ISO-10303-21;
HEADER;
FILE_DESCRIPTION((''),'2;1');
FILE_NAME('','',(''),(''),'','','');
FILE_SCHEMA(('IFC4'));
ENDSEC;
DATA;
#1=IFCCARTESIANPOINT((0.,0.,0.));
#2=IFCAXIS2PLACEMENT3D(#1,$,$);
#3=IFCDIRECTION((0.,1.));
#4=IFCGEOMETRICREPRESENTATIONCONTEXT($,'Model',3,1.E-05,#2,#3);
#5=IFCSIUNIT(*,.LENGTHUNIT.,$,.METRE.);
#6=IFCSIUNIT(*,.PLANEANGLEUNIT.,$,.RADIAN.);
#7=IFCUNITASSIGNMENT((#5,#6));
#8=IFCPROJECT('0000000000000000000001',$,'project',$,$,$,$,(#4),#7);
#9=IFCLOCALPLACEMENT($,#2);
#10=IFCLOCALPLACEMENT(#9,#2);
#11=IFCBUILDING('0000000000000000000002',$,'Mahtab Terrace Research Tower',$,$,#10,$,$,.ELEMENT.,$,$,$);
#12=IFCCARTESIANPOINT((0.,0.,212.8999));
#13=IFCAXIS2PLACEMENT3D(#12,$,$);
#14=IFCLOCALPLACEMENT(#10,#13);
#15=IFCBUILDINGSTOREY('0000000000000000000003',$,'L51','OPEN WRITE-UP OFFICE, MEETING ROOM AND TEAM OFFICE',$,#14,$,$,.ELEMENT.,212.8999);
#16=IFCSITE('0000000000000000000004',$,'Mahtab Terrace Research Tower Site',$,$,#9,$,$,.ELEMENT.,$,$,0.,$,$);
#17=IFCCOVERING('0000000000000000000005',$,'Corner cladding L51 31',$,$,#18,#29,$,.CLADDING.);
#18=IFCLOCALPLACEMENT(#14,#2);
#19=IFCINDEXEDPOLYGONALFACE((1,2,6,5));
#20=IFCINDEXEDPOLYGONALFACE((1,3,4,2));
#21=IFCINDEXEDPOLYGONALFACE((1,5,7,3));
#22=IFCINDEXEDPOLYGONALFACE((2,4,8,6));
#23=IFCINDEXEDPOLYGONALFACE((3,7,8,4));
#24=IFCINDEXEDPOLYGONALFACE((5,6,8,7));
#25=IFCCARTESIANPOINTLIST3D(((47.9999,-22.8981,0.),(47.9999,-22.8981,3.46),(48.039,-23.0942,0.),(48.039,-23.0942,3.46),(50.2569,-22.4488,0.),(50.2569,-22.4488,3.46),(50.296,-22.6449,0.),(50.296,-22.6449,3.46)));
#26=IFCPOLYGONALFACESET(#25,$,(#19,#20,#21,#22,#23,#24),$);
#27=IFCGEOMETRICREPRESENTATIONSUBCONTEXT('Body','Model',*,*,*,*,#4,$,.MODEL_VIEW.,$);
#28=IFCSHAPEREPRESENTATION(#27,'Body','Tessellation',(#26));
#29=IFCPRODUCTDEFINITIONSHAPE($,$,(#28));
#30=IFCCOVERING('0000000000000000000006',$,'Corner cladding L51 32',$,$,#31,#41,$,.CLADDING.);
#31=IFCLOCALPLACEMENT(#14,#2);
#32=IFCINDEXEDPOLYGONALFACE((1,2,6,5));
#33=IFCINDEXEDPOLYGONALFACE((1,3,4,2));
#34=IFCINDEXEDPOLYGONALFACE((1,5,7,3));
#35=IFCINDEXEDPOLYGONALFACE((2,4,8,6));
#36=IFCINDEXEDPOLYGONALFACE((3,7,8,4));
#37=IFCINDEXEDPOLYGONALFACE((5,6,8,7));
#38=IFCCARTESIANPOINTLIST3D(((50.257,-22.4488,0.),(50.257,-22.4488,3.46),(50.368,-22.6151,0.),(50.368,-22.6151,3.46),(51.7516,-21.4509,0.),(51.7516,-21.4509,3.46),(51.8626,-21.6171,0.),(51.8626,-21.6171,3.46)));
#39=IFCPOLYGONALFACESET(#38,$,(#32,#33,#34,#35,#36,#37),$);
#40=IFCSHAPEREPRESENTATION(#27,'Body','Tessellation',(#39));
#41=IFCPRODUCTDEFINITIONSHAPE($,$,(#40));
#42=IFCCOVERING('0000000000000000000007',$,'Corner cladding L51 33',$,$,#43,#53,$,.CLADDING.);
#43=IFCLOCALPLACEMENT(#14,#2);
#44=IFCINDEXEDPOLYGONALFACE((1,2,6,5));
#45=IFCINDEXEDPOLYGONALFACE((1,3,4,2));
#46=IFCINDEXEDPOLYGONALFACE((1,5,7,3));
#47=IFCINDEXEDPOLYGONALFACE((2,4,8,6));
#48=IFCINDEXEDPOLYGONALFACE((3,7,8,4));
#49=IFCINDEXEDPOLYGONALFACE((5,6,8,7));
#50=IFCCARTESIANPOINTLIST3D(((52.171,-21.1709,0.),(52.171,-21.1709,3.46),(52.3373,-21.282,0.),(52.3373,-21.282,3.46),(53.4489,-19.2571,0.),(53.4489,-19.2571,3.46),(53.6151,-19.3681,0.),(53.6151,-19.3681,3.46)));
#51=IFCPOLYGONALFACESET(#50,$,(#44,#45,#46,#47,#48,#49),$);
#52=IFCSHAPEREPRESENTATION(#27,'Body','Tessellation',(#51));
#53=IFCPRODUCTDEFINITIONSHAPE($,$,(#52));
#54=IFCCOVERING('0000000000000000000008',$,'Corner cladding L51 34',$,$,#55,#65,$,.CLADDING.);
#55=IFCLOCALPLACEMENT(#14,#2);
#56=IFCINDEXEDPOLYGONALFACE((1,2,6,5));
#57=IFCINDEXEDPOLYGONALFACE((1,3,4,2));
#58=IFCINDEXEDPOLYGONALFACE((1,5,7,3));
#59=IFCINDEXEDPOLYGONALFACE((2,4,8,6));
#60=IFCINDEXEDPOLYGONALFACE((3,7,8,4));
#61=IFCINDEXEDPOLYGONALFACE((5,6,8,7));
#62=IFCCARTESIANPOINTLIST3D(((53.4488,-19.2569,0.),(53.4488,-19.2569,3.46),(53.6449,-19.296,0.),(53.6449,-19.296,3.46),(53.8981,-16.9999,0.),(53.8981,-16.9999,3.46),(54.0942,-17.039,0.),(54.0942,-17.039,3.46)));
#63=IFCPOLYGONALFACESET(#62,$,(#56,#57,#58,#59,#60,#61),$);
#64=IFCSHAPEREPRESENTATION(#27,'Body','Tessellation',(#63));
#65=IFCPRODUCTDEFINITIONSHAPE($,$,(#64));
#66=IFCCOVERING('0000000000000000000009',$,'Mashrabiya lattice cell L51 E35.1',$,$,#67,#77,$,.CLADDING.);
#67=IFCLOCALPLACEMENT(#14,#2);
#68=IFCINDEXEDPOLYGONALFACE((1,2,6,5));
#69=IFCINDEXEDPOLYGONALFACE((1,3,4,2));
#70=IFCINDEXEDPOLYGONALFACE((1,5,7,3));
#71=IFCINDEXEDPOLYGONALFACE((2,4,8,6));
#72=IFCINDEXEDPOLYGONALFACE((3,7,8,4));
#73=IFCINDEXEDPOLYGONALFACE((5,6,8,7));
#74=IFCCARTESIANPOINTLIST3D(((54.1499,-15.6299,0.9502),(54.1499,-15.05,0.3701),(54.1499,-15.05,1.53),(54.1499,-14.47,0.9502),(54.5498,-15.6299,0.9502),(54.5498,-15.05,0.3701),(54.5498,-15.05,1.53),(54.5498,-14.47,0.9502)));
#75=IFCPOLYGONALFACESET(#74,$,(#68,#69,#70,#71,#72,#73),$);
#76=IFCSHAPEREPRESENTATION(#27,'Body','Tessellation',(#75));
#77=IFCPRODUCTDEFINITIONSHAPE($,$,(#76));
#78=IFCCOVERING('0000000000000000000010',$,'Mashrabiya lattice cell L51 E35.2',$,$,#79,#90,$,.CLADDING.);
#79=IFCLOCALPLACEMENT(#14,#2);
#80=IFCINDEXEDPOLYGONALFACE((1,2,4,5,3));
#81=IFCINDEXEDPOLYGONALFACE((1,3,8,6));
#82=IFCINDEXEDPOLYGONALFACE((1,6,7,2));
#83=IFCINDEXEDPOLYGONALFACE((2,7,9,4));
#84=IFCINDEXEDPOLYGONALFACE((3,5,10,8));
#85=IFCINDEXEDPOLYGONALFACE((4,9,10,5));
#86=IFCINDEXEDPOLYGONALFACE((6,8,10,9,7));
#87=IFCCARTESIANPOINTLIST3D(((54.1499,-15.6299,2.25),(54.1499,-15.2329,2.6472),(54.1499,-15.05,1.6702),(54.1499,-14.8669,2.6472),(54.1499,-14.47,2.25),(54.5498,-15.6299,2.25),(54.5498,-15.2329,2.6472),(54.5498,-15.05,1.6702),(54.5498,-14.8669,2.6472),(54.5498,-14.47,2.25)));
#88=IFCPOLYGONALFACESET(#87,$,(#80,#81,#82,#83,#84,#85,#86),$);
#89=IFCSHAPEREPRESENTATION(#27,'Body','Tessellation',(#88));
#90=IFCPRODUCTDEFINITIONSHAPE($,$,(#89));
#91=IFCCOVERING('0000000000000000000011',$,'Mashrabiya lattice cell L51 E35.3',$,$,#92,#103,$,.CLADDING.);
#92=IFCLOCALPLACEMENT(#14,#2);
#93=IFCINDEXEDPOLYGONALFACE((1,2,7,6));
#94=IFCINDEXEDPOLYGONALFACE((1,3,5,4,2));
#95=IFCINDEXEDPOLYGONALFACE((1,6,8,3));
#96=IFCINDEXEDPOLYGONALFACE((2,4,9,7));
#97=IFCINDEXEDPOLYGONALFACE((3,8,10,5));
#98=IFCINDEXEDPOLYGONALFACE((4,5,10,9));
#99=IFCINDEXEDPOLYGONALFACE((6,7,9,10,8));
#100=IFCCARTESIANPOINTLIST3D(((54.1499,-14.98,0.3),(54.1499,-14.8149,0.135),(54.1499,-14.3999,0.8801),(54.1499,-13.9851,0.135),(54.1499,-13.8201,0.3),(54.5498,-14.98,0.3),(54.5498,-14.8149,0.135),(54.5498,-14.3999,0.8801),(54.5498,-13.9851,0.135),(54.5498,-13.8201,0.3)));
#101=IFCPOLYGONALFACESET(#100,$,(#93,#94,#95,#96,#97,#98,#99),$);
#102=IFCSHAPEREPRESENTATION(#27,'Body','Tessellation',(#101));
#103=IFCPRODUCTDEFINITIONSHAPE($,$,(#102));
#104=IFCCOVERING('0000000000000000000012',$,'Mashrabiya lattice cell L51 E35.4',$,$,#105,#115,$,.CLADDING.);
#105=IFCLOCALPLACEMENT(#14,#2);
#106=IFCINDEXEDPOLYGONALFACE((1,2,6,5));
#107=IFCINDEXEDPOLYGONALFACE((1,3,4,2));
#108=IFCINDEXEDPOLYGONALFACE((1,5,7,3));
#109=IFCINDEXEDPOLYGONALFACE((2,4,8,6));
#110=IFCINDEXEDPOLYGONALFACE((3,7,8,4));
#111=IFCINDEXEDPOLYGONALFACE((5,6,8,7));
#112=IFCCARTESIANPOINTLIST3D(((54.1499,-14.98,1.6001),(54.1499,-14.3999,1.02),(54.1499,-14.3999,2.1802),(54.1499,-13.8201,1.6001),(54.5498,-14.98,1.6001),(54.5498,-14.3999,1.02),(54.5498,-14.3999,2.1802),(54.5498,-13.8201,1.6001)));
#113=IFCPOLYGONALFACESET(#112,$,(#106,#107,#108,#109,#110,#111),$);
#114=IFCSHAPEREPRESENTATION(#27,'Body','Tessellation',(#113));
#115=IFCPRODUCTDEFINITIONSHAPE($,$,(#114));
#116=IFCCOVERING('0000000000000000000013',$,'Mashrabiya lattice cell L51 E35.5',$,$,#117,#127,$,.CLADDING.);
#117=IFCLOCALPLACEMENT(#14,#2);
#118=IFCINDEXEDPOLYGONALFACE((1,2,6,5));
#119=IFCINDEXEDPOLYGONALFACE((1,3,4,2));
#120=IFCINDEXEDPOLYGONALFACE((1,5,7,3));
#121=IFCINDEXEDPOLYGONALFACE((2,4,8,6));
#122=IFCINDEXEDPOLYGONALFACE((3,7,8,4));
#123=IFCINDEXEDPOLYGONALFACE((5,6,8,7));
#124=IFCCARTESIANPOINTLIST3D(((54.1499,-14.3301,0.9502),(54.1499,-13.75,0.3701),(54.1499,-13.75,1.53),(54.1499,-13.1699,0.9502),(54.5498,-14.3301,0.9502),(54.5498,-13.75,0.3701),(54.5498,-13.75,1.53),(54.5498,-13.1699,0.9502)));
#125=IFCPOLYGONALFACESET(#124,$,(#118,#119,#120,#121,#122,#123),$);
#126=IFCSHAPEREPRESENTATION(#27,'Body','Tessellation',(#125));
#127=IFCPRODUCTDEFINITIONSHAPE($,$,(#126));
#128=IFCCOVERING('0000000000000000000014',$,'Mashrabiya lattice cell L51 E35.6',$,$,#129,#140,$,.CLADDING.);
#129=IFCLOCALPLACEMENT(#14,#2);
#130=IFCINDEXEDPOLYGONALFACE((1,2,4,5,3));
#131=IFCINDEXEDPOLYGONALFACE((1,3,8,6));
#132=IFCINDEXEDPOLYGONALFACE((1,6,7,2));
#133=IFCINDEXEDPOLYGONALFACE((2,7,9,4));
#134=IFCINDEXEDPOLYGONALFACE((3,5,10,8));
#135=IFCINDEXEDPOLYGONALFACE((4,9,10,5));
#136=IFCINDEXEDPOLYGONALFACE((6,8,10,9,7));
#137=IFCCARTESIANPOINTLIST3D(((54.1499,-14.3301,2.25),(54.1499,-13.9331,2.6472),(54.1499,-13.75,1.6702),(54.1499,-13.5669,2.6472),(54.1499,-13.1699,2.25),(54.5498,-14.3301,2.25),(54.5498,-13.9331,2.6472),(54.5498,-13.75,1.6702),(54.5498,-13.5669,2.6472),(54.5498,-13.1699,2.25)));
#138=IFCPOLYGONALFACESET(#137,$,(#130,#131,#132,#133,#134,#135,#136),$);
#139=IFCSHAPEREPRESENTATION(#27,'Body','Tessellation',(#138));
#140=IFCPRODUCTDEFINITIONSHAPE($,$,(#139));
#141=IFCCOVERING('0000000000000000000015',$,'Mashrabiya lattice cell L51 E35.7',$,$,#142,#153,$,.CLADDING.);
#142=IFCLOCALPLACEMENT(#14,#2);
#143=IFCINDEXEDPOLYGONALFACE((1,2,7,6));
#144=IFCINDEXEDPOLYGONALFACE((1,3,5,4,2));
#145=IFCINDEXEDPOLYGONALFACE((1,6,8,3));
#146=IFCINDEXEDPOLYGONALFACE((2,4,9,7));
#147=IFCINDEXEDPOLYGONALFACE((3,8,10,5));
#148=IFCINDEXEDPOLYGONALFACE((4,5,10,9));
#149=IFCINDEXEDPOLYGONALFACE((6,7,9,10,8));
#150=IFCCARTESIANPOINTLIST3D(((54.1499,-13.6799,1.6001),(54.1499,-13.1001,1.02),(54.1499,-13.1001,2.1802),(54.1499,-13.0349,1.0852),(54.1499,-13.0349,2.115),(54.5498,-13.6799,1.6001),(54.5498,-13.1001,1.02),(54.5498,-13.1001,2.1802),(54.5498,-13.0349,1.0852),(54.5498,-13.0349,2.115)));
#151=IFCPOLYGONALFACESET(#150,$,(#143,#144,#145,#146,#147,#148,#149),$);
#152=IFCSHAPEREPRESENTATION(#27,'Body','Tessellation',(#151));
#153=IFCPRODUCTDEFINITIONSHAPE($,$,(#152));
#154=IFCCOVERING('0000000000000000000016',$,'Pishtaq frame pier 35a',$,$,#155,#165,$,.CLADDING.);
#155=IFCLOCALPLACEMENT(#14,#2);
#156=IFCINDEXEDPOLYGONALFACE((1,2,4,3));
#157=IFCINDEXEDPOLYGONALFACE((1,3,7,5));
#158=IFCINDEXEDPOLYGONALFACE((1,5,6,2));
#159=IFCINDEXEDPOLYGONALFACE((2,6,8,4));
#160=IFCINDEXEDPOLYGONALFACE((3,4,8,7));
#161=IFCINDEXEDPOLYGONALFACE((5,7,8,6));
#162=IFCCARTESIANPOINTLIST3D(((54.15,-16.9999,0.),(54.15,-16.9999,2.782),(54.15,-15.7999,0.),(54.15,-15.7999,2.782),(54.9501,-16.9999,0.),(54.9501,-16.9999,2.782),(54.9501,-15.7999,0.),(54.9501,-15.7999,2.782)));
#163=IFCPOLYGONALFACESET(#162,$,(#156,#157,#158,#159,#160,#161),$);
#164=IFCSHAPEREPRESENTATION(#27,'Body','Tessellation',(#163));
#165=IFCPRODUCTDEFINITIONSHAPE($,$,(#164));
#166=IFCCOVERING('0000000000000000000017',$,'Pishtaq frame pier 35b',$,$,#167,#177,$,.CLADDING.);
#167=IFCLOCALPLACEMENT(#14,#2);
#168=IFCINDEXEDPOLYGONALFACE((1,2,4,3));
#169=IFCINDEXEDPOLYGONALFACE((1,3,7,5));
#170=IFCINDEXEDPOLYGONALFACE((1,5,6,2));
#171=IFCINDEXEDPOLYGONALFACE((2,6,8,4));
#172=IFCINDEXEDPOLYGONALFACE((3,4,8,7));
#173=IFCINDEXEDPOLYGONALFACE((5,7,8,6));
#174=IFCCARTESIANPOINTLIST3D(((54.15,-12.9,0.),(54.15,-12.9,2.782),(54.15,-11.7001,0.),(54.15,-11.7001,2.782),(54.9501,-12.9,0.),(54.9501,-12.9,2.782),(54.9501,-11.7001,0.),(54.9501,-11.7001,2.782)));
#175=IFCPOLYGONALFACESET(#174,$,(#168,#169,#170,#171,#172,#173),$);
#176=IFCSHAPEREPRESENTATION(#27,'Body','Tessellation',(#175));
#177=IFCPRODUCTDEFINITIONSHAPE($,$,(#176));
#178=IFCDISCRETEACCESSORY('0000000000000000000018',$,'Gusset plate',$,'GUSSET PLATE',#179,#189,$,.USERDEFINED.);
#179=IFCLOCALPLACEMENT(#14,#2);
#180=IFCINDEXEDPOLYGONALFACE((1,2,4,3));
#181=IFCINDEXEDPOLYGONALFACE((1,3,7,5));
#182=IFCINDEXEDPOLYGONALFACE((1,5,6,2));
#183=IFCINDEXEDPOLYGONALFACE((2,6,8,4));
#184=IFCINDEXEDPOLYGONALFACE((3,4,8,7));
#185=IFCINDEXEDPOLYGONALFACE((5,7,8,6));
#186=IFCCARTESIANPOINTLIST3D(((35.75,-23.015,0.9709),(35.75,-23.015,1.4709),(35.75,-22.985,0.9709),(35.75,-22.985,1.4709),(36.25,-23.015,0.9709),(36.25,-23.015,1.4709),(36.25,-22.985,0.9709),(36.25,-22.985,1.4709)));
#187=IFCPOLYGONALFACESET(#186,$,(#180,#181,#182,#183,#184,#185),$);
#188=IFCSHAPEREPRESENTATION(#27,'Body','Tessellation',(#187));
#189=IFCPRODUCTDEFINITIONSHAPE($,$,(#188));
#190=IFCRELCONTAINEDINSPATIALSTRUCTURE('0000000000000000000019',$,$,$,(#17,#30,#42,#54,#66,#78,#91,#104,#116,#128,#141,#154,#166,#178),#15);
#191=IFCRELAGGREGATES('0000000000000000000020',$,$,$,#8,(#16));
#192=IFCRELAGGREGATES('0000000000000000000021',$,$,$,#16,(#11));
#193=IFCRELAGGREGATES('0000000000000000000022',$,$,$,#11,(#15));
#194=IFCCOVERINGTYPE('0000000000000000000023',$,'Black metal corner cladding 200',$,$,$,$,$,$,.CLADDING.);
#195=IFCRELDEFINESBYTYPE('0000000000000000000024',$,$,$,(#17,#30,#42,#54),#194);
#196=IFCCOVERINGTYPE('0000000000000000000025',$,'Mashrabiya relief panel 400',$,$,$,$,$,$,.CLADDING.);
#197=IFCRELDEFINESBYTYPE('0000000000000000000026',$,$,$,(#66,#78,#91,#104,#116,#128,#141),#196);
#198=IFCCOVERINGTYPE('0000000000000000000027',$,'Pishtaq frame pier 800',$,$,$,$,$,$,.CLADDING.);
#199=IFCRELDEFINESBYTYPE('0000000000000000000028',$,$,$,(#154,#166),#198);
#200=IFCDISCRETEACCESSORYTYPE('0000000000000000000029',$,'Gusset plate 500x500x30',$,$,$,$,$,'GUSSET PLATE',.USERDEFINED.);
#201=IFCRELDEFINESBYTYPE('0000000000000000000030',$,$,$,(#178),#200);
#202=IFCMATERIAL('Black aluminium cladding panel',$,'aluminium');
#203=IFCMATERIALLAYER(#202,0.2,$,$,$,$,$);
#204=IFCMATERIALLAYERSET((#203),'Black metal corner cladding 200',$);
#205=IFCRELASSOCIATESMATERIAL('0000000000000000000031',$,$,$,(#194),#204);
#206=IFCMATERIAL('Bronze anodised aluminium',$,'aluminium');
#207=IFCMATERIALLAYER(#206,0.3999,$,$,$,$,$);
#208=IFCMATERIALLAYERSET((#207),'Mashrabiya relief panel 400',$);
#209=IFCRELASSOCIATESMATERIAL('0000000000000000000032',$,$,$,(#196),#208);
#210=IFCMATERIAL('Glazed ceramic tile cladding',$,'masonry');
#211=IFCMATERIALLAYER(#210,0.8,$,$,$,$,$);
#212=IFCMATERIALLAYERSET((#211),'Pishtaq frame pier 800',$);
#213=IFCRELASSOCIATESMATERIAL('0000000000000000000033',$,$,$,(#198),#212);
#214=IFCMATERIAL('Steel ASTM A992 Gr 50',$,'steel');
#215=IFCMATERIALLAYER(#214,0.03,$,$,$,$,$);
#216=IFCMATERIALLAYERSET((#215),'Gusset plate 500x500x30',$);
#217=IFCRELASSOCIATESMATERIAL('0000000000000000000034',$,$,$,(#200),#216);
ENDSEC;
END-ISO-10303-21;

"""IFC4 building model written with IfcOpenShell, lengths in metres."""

from ifc_helpers import new_model, si_unit, direction, frame, origin, origin_2d, place, context, subcontext, project, spatial, polyline, rectangle, outline, extrude, material, layer, layer_set, type_object, element, save


model = new_model("IFC4")

# Units and contexts
model_context = context("Model", 3, precision=1e-05, world=origin(), true_north=direction((0.0, 1.0)))
body_context = subcontext(model_context, "Body", "Model", "MODEL_VIEW")
ifc_project = project(units=[si_unit("LENGTHUNIT", "METRE"), si_unit("PLANEANGLEUNIT", "RADIAN")], contexts=[model_context])

# Site, building, storey
site_placement = place(None, origin())
site = spatial("IfcSite", under=ifc_project, at=site_placement, Name="Mahtab Terrace Research Tower Site", CompositionType="ELEMENT", RefElevation=0.0)
building_placement = place(site_placement, origin())
building = spatial("IfcBuilding", under=site, at=building_placement, Name="Mahtab Terrace Research Tower", CompositionType="ELEMENT")
storey_placement = place(building_placement, frame((0.0, 0.0, 212.8999)))
storey = spatial("IfcBuildingStorey", under=building, at=storey_placement, Name="L51", Description="OPEN WRITE-UP OFFICE, MEETING ROOM AND TEAM OFFICE", CompositionType="ELEMENT", Elevation=212.8999)

# Shared definitions
ifc_material_1 = material(Name="Steel ASTM A992 Gr 50", Category="steel")

# Shared definitions
ifc_material_2 = material(Name="Black aluminium cladding panel", Category="aluminium")

# Coverings
ifc_layer_1 = layer(ifc_material_2, 0.2)
ifc_layer_set_1 = layer_set([ifc_layer_1], Name="Black metal corner cladding 200")
covering_type_1 = type_object("IfcCoveringType", Name="Black metal corner cladding 200", PredefinedType="CLADDING", material=ifc_layer_set_1)
covering_1_placement = place(storey_placement, frame((49.1479, -22.7715, 0.0), z_axis=(0.0, 0.0, 1.0), x_axis=(0.980761, 0.195212, 0.0)))
element("IfcCovering", 1, at=covering_1_placement, inside=storey, type_object=covering_type_1, Name="Corner cladding L51 31", PredefinedType="CLADDING", context=body_context, shape_type="SweptSolid", body=[
    extrude(rectangle(XDim=2.3013, YDim=0.2, at=origin_2d()), origin(), (0.0, 0.0, 1.0), 3.46),
])
covering_2_placement = place(storey_placement, frame((51.0598, -22.033, 0.0), z_axis=(0.0, 0.0, 1.0), x_axis=(0.831656, 0.555291, 0.0)))
element("IfcCovering", 2, at=covering_2_placement, inside=storey, type_object=covering_type_1, Name="Corner cladding L51 32", PredefinedType="CLADDING", context=body_context, shape_type="SweptSolid", body=[
    extrude(rectangle(XDim=1.7971, YDim=0.2, at=origin_2d()), origin(), (0.0, 0.0, 1.0), 3.46),
])
for number, where, z_axis, x_axis, name in (
    (3, (52.8931, -20.2695, 0.0), (0.0, 0.0, 1.0), (0.555291, 0.831656, 0.0), "Corner cladding L51 33"),
    (4, (53.7715, -18.1479, 0.0), (0.0, 0.0, 1.0), (0.195212, 0.980761, 0.0), "Corner cladding L51 34"),
):
    element("IfcCovering", number, at=place(storey_placement, frame(where, z_axis=z_axis, x_axis=x_axis)), inside=storey, type_object=covering_type_1, Name=name, PredefinedType="CLADDING", context=body_context, shape_type="SweptSolid", body=[
        extrude(rectangle(XDim=2.3013, YDim=0.2, at=origin_2d()), origin(), (0.0, 0.0, 1.0), 3.46),
    ])
ifc_material_3 = material(Name="Bronze anodised aluminium", Category="aluminium")
ifc_layer_2 = layer(ifc_material_3, 0.3999)
ifc_layer_set_2 = layer_set([ifc_layer_2], Name="Mashrabiya relief panel 400")
covering_type_2 = type_object("IfcCoveringType", Name="Mashrabiya relief panel 400", PredefinedType="CLADDING", material=ifc_layer_set_2)
covering_3_placement = place(storey_placement, frame((54.1499, -15.05, 1.53), z_axis=(-1.0, 0.0, 0.0), x_axis=(0.0, 0.707256, -0.706958)))
element("IfcCovering", 5, at=covering_3_placement, inside=storey, type_object=covering_type_2, Name="Mashrabiya lattice cell L51 E35.1", PredefinedType="CLADDING", context=body_context, shape_type="SweptSolid", body=[
    extrude(outline(polyline([(0.0, 0.0), (0.8202, 0.0), (0.82, 0.8204), (-0.0002, 0.82), (0.0, 0.0)])), origin(), (0.0, 0.0, -1.0), 0.3999),
])
covering_4_placement = place(storey_placement, frame((54.1499, -14.47, 2.25), z_axis=(-1.0, 0.0, 0.0), x_axis=(0.0, -0.707256, -0.706958)))
element("IfcCovering", 6, at=covering_4_placement, inside=storey, type_object=covering_type_2, Name="Mashrabiya lattice cell L51 E35.2", PredefinedType="CLADDING", context=body_context, shape_type="SweptSolid", body=[
    extrude(outline(polyline([(0.0, 0.0), (0.8202, 0.0), (0.8204, 0.82), (0.2588, 0.8203), (-0.0001, 0.5616), (0.0, 0.0)])), origin(), (0.0, 0.0, -1.0), 0.3999),
])
covering_5_placement = place(storey_placement, frame((54.1499, -14.98, 0.3), z_axis=(-1.0, 0.0, 0.0), x_axis=(0.0, 0.707107, 0.707107)))
element("IfcCovering", 7, at=covering_5_placement, inside=storey, type_object=covering_type_2, Name="Mashrabiya lattice cell L51 E35.3", PredefinedType="CLADDING", context=body_context, shape_type="SweptSolid", body=[
    extrude(outline(polyline([(0.0, 0.0), (0.8204, 0.0), (0.8202, 0.8202), (0.5868, 0.8202), (0.0, 0.2334), (0.0, 0.0)])), origin(), (0.0, 0.0, -1.0), 0.3999),
])
covering_6_placement = place(storey_placement, frame((54.1499, -14.3999, 2.1802), z_axis=(-1.0, 0.0, 0.0), x_axis=(0.0, 0.706958, -0.707256)))
element("IfcCovering", 8, at=covering_6_placement, inside=storey, type_object=covering_type_2, Name="Mashrabiya lattice cell L51 E35.4", PredefinedType="CLADDING", context=body_context, shape_type="SweptSolid", body=[
    extrude(outline(polyline([(0.0, 0.0), (0.8202, 0.0), (0.8205, 0.8202), (0.0002, 0.8204), (0.0, 0.0)])), origin(), (0.0, 0.0, -1.0), 0.3999),
])
covering_7_placement = place(storey_placement, frame((54.1499, -13.75, 1.53), z_axis=(-1.0, 0.0, 0.0), x_axis=(0.0, 0.707256, -0.706958)))
element("IfcCovering", 9, at=covering_7_placement, inside=storey, type_object=covering_type_2, Name="Mashrabiya lattice cell L51 E35.5", PredefinedType="CLADDING", context=body_context, shape_type="SweptSolid", body=[
    extrude(outline(polyline([(0.0, 0.0), (0.8202, 0.0), (0.82, 0.8204), (-0.0003, 0.8202), (0.0, 0.0)])), origin(), (0.0, 0.0, -1.0), 0.3999),
])
covering_8_placement = place(storey_placement, frame((54.1499, -13.1699, 2.25), z_axis=(-1.0, 0.0, 0.0), x_axis=(0.0, -0.707256, -0.706958)))
element("IfcCovering", 10, at=covering_8_placement, inside=storey, type_object=covering_type_2, Name="Mashrabiya lattice cell L51 E35.6", PredefinedType="CLADDING", context=body_context, shape_type="SweptSolid", body=[
    extrude(outline(polyline([(0.0, 0.0), (0.8202, 0.0), (0.8205, 0.8202), (0.259, 0.8205), (-0.0001, 0.5616), (0.0, 0.0)])), origin(), (0.0, 0.0, -1.0), 0.3999),
])
covering_9_placement = place(storey_placement, frame((54.1499, -13.1001, 1.02), z_axis=(-1.0, 0.0, 0.0), x_axis=(0.0, -0.706958, 0.707256)))
element("IfcCovering", 11, at=covering_9_placement, inside=storey, type_object=covering_type_2, Name="Mashrabiya lattice cell L51 E35.7", PredefinedType="CLADDING", context=body_context, shape_type="SweptSolid", body=[
    extrude(outline(polyline([(0.0, 0.0), (0.8202, 0.0), (0.8205, 0.8202), (0.7283, 0.8202), (0.0, 0.0922), (0.0, 0.0)])), origin(), (0.0, 0.0, -1.0), 0.3999),
])
ifc_material_4 = material(Name="Glazed ceramic tile cladding", Category="masonry")
ifc_layer_3 = layer(ifc_material_4, 0.8)
ifc_layer_set_3 = layer_set([ifc_layer_3], Name="Pishtaq frame pier 800")
covering_type_3 = type_object("IfcCoveringType", Name="Pishtaq frame pier 800", PredefinedType="CLADDING", material=ifc_layer_set_3)
for number, where, z_axis, x_axis, name in (
    (12, (54.55, -16.3999, 0.0), (0.0, 0.0, 1.0), (0.0, 1.0, 0.0), "Pishtaq frame pier 35a"),
    (13, (54.55, -12.3, 0.0), (0.0, 0.0, 1.0), (0.0, 1.0, 0.0), "Pishtaq frame pier 35b"),
):
    element("IfcCovering", number, at=place(storey_placement, frame(where, z_axis=z_axis, x_axis=x_axis)), inside=storey, type_object=covering_type_3, Name=name, PredefinedType="CLADDING", context=body_context, shape_type="SweptSolid", body=[
        extrude(rectangle(XDim=1.2, YDim=0.8, at=origin_2d()), origin(), (0.0, 0.0, 1.0), 2.782),
    ])

# Discrete accessory
ifc_layer_4 = layer(ifc_material_1, 0.03)
ifc_layer_set_4 = layer_set([ifc_layer_4], Name="Gusset plate 500x500x30")
discrete_accessory_type = type_object("IfcDiscreteAccessoryType", Name="Gusset plate 500x500x30", ElementType="GUSSET PLATE", PredefinedType="USERDEFINED", material=ifc_layer_set_4)
for number, where, z_axis, x_axis, name in (
    (14, (36.0, -23.0, 0.9709), (0.0, 0.0, 1.0), (1.0, 0.0, 0.0), "Gusset plate"),
):
    element("IfcDiscreteAccessory", number, at=place(storey_placement, frame(where, z_axis=z_axis, x_axis=x_axis)), inside=storey, type_object=discrete_accessory_type, Name=name, ObjectType="GUSSET PLATE", PredefinedType="USERDEFINED", context=body_context, shape_type="SweptSolid", body=[
        extrude(rectangle(XDim=0.5, YDim=0.03, at=origin_2d()), origin(), (0.0, 0.0, 1.0), 0.5),
    ])

save(model, "model.ifc")
